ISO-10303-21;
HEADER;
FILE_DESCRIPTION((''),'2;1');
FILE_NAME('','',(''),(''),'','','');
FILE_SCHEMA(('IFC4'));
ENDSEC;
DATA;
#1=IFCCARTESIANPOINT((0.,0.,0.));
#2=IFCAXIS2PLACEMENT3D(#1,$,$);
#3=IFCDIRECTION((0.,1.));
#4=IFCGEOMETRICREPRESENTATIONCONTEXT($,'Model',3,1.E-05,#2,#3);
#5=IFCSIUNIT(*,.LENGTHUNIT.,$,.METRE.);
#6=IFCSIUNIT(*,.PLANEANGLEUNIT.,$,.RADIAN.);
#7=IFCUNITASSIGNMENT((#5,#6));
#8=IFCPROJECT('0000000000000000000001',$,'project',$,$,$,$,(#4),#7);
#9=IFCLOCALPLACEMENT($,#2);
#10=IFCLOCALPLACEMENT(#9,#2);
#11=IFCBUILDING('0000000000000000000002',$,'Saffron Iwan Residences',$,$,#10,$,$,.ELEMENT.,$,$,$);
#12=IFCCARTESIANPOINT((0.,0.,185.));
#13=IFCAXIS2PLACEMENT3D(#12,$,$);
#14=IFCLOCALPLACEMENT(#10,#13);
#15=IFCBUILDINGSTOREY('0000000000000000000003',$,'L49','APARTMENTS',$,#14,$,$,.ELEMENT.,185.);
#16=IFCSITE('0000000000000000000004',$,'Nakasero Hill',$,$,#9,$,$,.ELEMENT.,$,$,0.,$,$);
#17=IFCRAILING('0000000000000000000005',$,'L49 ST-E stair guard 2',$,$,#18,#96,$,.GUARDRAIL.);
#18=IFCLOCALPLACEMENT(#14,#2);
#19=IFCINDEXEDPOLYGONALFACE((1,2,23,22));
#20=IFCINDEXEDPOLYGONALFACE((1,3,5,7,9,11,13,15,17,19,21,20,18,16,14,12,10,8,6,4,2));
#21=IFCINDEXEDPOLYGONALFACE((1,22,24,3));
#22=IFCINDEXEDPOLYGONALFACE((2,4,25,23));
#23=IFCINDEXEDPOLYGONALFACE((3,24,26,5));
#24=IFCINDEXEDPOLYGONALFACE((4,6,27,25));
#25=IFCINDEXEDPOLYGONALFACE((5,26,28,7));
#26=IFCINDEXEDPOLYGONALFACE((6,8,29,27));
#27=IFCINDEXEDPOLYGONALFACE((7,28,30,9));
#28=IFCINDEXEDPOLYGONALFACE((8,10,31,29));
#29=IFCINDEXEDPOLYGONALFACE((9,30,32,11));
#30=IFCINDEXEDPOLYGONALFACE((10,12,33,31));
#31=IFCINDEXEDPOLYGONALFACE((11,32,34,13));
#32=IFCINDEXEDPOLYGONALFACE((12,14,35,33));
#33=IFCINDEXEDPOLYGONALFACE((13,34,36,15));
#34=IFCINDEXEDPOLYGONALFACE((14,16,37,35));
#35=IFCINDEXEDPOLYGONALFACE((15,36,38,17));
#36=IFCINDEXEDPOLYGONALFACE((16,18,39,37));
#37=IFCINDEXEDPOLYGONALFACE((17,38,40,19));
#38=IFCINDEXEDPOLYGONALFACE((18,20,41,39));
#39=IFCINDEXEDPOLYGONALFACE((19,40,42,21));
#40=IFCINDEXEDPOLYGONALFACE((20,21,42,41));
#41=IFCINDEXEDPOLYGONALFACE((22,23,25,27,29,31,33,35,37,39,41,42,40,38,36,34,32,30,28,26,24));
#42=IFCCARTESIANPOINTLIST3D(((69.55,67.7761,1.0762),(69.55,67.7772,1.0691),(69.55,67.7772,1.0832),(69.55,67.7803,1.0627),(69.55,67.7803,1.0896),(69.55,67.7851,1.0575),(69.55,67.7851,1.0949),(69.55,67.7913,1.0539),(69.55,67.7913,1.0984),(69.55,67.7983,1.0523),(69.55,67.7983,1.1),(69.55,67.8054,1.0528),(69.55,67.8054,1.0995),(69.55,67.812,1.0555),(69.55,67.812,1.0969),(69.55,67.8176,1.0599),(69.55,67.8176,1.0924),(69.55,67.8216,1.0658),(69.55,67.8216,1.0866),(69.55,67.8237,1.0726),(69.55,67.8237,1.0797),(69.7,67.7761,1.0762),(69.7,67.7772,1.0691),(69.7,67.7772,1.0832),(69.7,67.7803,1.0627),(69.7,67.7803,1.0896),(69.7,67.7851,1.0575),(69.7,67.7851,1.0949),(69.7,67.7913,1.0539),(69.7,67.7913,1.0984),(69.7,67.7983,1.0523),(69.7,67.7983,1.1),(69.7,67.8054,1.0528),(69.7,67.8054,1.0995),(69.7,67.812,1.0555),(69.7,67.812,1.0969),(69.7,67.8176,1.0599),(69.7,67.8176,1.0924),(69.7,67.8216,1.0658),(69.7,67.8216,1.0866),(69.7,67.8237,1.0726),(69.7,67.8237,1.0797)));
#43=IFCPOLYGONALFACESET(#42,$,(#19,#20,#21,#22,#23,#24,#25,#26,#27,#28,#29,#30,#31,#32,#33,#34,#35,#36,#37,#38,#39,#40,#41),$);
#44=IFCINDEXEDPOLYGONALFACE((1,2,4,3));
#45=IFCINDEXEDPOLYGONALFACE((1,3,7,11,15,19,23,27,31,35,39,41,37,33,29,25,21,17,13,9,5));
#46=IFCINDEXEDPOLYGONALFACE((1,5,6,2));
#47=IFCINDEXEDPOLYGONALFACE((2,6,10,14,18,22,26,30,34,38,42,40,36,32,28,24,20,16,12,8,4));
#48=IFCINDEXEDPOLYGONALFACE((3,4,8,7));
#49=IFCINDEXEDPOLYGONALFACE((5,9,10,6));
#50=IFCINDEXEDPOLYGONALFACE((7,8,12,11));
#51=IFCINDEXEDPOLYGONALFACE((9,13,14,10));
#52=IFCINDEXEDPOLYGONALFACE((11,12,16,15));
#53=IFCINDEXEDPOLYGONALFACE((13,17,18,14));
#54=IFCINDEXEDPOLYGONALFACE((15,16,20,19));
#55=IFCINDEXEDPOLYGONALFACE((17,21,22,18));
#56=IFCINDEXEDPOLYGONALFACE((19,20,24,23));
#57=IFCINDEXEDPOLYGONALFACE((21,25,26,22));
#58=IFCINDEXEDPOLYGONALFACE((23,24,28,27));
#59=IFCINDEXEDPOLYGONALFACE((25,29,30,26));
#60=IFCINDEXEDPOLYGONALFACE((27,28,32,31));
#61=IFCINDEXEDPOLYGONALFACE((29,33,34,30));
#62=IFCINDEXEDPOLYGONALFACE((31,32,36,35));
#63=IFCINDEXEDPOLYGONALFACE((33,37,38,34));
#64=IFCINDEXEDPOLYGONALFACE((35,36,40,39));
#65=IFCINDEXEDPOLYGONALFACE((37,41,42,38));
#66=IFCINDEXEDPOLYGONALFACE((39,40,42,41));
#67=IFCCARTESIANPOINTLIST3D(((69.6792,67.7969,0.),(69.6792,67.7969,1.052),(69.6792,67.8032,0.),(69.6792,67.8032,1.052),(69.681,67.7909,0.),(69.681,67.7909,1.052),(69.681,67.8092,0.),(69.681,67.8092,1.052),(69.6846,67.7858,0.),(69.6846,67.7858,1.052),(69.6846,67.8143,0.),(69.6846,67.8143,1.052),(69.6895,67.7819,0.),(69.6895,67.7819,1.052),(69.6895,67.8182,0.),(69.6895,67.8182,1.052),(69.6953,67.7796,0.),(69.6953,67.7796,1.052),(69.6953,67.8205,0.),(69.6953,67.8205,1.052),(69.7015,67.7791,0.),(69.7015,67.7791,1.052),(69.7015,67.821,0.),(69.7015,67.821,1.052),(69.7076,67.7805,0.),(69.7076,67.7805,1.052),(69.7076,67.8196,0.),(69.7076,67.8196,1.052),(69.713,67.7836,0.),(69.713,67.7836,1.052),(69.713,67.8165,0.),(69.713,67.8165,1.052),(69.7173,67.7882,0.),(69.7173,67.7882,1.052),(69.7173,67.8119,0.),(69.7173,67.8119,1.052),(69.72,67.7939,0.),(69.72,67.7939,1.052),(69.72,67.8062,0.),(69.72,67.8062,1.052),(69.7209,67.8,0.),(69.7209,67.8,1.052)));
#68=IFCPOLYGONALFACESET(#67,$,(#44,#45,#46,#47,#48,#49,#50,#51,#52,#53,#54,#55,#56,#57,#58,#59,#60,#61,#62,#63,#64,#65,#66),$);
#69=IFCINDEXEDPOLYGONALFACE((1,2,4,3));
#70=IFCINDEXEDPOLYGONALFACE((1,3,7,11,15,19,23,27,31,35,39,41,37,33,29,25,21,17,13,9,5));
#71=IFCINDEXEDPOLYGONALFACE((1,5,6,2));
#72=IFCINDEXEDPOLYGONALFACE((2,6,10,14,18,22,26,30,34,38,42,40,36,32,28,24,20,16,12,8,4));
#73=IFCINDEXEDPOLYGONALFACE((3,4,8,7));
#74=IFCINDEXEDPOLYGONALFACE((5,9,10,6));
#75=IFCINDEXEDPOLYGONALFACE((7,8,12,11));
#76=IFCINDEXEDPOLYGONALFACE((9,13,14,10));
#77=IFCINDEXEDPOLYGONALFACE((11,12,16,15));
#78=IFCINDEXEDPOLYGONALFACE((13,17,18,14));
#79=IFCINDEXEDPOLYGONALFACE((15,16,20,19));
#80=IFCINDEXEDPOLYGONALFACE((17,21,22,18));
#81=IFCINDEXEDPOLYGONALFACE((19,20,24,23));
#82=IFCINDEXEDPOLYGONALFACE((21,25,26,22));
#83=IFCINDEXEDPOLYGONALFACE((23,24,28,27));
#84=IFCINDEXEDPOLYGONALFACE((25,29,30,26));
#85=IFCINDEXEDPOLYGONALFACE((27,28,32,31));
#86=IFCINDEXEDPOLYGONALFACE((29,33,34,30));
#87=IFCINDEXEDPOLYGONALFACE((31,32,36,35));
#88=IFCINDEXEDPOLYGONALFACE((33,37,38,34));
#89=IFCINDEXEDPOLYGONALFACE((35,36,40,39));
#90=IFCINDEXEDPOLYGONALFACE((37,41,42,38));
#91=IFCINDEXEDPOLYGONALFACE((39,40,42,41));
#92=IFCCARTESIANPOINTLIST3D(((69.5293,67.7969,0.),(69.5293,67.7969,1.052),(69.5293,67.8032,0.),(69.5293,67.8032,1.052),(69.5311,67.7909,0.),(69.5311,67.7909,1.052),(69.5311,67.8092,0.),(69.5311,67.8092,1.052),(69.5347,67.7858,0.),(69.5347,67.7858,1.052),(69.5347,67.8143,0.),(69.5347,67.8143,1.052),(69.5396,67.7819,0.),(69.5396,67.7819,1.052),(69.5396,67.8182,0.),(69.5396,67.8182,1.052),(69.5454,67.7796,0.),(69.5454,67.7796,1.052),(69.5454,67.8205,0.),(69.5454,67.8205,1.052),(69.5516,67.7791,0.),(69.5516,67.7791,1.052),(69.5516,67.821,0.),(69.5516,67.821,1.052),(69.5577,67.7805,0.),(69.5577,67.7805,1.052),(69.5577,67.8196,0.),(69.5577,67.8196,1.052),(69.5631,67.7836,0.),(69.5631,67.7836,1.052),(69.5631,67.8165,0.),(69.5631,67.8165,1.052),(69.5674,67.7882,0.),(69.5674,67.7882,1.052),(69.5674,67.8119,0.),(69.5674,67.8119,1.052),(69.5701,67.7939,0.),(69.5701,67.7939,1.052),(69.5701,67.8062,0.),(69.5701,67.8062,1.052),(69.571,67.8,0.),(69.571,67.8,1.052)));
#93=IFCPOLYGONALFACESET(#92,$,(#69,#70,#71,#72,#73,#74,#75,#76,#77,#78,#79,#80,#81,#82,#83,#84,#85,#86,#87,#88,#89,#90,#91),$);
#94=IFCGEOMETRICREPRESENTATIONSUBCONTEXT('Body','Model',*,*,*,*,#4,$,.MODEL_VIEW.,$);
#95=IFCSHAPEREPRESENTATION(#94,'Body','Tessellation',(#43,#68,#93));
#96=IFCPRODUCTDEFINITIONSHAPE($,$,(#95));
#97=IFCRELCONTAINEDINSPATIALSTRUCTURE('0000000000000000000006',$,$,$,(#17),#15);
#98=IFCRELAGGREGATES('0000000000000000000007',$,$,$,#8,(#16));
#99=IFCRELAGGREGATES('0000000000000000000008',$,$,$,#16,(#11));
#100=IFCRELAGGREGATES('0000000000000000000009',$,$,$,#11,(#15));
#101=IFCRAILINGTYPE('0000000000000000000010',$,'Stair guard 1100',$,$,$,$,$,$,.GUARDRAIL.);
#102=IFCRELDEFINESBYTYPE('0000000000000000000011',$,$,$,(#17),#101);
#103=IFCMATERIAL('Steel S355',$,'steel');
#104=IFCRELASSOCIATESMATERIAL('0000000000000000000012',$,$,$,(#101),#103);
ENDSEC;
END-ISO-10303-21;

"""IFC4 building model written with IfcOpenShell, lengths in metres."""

from ifc_helpers import new_model, si_unit, direction, frame, origin, origin_2d, place, context, subcontext, project, spatial, circle, extrude, material, type_object, element, save


model = new_model("IFC4")

# Units and contexts
model_context = context("Model", 3, precision=1e-05, world=origin(), true_north=direction((0.0, 1.0)))
body_context = subcontext(model_context, "Body", "Model", "MODEL_VIEW")
ifc_project = project(units=[si_unit("LENGTHUNIT", "METRE"), si_unit("PLANEANGLEUNIT", "RADIAN")], contexts=[model_context])

# Site, building, storey
site_placement = place(None, origin())
site = spatial("IfcSite", under=ifc_project, at=site_placement, Name="Nakasero Hill", CompositionType="ELEMENT", RefElevation=0.0)
building_placement = place(site_placement, origin())
building = spatial("IfcBuilding", under=site, at=building_placement, Name="Saffron Iwan Residences", CompositionType="ELEMENT")
storey_placement = place(building_placement, frame((0.0, 0.0, 185.0)))
storey = spatial("IfcBuildingStorey", under=building, at=storey_placement, Name="L49", Description="APARTMENTS", CompositionType="ELEMENT", Elevation=185.0)

# Railing
ifc_material_1 = material(Name="Steel S355", Category="steel")
railing_type_1 = type_object("IfcRailingType", Name="Stair guard 1100", PredefinedType="GUARDRAIL", material=ifc_material_1)
railing_1_placement = place(storey_placement, frame((69.7, 67.8, 0.0)))
element("IfcRailing", 1, at=railing_1_placement, inside=storey, type_object=railing_type_1, Name="L49 ST-E stair guard 2", PredefinedType="GUARDRAIL", context=body_context, shape_type="SweptSolid", body=[
    extrude(circle(Radius=0.0239, at=origin_2d()), frame((0.0, 0.0, 1.0762), z_axis=(-1.0, 0.0, 0.0), x_axis=(0.0, -1.0, 0.0)), (0.0, 0.0, 1.0), 0.1499),
    extrude(circle(Radius=0.021, at=origin_2d()), origin(), (0.0, 0.0, 1.0), 1.052),
    extrude(circle(Radius=0.021, at=origin_2d()), frame((-0.1499, 0.0, 0.0)), (0.0, 0.0, 1.0), 1.052),
])

save(model, "model.ifc")
